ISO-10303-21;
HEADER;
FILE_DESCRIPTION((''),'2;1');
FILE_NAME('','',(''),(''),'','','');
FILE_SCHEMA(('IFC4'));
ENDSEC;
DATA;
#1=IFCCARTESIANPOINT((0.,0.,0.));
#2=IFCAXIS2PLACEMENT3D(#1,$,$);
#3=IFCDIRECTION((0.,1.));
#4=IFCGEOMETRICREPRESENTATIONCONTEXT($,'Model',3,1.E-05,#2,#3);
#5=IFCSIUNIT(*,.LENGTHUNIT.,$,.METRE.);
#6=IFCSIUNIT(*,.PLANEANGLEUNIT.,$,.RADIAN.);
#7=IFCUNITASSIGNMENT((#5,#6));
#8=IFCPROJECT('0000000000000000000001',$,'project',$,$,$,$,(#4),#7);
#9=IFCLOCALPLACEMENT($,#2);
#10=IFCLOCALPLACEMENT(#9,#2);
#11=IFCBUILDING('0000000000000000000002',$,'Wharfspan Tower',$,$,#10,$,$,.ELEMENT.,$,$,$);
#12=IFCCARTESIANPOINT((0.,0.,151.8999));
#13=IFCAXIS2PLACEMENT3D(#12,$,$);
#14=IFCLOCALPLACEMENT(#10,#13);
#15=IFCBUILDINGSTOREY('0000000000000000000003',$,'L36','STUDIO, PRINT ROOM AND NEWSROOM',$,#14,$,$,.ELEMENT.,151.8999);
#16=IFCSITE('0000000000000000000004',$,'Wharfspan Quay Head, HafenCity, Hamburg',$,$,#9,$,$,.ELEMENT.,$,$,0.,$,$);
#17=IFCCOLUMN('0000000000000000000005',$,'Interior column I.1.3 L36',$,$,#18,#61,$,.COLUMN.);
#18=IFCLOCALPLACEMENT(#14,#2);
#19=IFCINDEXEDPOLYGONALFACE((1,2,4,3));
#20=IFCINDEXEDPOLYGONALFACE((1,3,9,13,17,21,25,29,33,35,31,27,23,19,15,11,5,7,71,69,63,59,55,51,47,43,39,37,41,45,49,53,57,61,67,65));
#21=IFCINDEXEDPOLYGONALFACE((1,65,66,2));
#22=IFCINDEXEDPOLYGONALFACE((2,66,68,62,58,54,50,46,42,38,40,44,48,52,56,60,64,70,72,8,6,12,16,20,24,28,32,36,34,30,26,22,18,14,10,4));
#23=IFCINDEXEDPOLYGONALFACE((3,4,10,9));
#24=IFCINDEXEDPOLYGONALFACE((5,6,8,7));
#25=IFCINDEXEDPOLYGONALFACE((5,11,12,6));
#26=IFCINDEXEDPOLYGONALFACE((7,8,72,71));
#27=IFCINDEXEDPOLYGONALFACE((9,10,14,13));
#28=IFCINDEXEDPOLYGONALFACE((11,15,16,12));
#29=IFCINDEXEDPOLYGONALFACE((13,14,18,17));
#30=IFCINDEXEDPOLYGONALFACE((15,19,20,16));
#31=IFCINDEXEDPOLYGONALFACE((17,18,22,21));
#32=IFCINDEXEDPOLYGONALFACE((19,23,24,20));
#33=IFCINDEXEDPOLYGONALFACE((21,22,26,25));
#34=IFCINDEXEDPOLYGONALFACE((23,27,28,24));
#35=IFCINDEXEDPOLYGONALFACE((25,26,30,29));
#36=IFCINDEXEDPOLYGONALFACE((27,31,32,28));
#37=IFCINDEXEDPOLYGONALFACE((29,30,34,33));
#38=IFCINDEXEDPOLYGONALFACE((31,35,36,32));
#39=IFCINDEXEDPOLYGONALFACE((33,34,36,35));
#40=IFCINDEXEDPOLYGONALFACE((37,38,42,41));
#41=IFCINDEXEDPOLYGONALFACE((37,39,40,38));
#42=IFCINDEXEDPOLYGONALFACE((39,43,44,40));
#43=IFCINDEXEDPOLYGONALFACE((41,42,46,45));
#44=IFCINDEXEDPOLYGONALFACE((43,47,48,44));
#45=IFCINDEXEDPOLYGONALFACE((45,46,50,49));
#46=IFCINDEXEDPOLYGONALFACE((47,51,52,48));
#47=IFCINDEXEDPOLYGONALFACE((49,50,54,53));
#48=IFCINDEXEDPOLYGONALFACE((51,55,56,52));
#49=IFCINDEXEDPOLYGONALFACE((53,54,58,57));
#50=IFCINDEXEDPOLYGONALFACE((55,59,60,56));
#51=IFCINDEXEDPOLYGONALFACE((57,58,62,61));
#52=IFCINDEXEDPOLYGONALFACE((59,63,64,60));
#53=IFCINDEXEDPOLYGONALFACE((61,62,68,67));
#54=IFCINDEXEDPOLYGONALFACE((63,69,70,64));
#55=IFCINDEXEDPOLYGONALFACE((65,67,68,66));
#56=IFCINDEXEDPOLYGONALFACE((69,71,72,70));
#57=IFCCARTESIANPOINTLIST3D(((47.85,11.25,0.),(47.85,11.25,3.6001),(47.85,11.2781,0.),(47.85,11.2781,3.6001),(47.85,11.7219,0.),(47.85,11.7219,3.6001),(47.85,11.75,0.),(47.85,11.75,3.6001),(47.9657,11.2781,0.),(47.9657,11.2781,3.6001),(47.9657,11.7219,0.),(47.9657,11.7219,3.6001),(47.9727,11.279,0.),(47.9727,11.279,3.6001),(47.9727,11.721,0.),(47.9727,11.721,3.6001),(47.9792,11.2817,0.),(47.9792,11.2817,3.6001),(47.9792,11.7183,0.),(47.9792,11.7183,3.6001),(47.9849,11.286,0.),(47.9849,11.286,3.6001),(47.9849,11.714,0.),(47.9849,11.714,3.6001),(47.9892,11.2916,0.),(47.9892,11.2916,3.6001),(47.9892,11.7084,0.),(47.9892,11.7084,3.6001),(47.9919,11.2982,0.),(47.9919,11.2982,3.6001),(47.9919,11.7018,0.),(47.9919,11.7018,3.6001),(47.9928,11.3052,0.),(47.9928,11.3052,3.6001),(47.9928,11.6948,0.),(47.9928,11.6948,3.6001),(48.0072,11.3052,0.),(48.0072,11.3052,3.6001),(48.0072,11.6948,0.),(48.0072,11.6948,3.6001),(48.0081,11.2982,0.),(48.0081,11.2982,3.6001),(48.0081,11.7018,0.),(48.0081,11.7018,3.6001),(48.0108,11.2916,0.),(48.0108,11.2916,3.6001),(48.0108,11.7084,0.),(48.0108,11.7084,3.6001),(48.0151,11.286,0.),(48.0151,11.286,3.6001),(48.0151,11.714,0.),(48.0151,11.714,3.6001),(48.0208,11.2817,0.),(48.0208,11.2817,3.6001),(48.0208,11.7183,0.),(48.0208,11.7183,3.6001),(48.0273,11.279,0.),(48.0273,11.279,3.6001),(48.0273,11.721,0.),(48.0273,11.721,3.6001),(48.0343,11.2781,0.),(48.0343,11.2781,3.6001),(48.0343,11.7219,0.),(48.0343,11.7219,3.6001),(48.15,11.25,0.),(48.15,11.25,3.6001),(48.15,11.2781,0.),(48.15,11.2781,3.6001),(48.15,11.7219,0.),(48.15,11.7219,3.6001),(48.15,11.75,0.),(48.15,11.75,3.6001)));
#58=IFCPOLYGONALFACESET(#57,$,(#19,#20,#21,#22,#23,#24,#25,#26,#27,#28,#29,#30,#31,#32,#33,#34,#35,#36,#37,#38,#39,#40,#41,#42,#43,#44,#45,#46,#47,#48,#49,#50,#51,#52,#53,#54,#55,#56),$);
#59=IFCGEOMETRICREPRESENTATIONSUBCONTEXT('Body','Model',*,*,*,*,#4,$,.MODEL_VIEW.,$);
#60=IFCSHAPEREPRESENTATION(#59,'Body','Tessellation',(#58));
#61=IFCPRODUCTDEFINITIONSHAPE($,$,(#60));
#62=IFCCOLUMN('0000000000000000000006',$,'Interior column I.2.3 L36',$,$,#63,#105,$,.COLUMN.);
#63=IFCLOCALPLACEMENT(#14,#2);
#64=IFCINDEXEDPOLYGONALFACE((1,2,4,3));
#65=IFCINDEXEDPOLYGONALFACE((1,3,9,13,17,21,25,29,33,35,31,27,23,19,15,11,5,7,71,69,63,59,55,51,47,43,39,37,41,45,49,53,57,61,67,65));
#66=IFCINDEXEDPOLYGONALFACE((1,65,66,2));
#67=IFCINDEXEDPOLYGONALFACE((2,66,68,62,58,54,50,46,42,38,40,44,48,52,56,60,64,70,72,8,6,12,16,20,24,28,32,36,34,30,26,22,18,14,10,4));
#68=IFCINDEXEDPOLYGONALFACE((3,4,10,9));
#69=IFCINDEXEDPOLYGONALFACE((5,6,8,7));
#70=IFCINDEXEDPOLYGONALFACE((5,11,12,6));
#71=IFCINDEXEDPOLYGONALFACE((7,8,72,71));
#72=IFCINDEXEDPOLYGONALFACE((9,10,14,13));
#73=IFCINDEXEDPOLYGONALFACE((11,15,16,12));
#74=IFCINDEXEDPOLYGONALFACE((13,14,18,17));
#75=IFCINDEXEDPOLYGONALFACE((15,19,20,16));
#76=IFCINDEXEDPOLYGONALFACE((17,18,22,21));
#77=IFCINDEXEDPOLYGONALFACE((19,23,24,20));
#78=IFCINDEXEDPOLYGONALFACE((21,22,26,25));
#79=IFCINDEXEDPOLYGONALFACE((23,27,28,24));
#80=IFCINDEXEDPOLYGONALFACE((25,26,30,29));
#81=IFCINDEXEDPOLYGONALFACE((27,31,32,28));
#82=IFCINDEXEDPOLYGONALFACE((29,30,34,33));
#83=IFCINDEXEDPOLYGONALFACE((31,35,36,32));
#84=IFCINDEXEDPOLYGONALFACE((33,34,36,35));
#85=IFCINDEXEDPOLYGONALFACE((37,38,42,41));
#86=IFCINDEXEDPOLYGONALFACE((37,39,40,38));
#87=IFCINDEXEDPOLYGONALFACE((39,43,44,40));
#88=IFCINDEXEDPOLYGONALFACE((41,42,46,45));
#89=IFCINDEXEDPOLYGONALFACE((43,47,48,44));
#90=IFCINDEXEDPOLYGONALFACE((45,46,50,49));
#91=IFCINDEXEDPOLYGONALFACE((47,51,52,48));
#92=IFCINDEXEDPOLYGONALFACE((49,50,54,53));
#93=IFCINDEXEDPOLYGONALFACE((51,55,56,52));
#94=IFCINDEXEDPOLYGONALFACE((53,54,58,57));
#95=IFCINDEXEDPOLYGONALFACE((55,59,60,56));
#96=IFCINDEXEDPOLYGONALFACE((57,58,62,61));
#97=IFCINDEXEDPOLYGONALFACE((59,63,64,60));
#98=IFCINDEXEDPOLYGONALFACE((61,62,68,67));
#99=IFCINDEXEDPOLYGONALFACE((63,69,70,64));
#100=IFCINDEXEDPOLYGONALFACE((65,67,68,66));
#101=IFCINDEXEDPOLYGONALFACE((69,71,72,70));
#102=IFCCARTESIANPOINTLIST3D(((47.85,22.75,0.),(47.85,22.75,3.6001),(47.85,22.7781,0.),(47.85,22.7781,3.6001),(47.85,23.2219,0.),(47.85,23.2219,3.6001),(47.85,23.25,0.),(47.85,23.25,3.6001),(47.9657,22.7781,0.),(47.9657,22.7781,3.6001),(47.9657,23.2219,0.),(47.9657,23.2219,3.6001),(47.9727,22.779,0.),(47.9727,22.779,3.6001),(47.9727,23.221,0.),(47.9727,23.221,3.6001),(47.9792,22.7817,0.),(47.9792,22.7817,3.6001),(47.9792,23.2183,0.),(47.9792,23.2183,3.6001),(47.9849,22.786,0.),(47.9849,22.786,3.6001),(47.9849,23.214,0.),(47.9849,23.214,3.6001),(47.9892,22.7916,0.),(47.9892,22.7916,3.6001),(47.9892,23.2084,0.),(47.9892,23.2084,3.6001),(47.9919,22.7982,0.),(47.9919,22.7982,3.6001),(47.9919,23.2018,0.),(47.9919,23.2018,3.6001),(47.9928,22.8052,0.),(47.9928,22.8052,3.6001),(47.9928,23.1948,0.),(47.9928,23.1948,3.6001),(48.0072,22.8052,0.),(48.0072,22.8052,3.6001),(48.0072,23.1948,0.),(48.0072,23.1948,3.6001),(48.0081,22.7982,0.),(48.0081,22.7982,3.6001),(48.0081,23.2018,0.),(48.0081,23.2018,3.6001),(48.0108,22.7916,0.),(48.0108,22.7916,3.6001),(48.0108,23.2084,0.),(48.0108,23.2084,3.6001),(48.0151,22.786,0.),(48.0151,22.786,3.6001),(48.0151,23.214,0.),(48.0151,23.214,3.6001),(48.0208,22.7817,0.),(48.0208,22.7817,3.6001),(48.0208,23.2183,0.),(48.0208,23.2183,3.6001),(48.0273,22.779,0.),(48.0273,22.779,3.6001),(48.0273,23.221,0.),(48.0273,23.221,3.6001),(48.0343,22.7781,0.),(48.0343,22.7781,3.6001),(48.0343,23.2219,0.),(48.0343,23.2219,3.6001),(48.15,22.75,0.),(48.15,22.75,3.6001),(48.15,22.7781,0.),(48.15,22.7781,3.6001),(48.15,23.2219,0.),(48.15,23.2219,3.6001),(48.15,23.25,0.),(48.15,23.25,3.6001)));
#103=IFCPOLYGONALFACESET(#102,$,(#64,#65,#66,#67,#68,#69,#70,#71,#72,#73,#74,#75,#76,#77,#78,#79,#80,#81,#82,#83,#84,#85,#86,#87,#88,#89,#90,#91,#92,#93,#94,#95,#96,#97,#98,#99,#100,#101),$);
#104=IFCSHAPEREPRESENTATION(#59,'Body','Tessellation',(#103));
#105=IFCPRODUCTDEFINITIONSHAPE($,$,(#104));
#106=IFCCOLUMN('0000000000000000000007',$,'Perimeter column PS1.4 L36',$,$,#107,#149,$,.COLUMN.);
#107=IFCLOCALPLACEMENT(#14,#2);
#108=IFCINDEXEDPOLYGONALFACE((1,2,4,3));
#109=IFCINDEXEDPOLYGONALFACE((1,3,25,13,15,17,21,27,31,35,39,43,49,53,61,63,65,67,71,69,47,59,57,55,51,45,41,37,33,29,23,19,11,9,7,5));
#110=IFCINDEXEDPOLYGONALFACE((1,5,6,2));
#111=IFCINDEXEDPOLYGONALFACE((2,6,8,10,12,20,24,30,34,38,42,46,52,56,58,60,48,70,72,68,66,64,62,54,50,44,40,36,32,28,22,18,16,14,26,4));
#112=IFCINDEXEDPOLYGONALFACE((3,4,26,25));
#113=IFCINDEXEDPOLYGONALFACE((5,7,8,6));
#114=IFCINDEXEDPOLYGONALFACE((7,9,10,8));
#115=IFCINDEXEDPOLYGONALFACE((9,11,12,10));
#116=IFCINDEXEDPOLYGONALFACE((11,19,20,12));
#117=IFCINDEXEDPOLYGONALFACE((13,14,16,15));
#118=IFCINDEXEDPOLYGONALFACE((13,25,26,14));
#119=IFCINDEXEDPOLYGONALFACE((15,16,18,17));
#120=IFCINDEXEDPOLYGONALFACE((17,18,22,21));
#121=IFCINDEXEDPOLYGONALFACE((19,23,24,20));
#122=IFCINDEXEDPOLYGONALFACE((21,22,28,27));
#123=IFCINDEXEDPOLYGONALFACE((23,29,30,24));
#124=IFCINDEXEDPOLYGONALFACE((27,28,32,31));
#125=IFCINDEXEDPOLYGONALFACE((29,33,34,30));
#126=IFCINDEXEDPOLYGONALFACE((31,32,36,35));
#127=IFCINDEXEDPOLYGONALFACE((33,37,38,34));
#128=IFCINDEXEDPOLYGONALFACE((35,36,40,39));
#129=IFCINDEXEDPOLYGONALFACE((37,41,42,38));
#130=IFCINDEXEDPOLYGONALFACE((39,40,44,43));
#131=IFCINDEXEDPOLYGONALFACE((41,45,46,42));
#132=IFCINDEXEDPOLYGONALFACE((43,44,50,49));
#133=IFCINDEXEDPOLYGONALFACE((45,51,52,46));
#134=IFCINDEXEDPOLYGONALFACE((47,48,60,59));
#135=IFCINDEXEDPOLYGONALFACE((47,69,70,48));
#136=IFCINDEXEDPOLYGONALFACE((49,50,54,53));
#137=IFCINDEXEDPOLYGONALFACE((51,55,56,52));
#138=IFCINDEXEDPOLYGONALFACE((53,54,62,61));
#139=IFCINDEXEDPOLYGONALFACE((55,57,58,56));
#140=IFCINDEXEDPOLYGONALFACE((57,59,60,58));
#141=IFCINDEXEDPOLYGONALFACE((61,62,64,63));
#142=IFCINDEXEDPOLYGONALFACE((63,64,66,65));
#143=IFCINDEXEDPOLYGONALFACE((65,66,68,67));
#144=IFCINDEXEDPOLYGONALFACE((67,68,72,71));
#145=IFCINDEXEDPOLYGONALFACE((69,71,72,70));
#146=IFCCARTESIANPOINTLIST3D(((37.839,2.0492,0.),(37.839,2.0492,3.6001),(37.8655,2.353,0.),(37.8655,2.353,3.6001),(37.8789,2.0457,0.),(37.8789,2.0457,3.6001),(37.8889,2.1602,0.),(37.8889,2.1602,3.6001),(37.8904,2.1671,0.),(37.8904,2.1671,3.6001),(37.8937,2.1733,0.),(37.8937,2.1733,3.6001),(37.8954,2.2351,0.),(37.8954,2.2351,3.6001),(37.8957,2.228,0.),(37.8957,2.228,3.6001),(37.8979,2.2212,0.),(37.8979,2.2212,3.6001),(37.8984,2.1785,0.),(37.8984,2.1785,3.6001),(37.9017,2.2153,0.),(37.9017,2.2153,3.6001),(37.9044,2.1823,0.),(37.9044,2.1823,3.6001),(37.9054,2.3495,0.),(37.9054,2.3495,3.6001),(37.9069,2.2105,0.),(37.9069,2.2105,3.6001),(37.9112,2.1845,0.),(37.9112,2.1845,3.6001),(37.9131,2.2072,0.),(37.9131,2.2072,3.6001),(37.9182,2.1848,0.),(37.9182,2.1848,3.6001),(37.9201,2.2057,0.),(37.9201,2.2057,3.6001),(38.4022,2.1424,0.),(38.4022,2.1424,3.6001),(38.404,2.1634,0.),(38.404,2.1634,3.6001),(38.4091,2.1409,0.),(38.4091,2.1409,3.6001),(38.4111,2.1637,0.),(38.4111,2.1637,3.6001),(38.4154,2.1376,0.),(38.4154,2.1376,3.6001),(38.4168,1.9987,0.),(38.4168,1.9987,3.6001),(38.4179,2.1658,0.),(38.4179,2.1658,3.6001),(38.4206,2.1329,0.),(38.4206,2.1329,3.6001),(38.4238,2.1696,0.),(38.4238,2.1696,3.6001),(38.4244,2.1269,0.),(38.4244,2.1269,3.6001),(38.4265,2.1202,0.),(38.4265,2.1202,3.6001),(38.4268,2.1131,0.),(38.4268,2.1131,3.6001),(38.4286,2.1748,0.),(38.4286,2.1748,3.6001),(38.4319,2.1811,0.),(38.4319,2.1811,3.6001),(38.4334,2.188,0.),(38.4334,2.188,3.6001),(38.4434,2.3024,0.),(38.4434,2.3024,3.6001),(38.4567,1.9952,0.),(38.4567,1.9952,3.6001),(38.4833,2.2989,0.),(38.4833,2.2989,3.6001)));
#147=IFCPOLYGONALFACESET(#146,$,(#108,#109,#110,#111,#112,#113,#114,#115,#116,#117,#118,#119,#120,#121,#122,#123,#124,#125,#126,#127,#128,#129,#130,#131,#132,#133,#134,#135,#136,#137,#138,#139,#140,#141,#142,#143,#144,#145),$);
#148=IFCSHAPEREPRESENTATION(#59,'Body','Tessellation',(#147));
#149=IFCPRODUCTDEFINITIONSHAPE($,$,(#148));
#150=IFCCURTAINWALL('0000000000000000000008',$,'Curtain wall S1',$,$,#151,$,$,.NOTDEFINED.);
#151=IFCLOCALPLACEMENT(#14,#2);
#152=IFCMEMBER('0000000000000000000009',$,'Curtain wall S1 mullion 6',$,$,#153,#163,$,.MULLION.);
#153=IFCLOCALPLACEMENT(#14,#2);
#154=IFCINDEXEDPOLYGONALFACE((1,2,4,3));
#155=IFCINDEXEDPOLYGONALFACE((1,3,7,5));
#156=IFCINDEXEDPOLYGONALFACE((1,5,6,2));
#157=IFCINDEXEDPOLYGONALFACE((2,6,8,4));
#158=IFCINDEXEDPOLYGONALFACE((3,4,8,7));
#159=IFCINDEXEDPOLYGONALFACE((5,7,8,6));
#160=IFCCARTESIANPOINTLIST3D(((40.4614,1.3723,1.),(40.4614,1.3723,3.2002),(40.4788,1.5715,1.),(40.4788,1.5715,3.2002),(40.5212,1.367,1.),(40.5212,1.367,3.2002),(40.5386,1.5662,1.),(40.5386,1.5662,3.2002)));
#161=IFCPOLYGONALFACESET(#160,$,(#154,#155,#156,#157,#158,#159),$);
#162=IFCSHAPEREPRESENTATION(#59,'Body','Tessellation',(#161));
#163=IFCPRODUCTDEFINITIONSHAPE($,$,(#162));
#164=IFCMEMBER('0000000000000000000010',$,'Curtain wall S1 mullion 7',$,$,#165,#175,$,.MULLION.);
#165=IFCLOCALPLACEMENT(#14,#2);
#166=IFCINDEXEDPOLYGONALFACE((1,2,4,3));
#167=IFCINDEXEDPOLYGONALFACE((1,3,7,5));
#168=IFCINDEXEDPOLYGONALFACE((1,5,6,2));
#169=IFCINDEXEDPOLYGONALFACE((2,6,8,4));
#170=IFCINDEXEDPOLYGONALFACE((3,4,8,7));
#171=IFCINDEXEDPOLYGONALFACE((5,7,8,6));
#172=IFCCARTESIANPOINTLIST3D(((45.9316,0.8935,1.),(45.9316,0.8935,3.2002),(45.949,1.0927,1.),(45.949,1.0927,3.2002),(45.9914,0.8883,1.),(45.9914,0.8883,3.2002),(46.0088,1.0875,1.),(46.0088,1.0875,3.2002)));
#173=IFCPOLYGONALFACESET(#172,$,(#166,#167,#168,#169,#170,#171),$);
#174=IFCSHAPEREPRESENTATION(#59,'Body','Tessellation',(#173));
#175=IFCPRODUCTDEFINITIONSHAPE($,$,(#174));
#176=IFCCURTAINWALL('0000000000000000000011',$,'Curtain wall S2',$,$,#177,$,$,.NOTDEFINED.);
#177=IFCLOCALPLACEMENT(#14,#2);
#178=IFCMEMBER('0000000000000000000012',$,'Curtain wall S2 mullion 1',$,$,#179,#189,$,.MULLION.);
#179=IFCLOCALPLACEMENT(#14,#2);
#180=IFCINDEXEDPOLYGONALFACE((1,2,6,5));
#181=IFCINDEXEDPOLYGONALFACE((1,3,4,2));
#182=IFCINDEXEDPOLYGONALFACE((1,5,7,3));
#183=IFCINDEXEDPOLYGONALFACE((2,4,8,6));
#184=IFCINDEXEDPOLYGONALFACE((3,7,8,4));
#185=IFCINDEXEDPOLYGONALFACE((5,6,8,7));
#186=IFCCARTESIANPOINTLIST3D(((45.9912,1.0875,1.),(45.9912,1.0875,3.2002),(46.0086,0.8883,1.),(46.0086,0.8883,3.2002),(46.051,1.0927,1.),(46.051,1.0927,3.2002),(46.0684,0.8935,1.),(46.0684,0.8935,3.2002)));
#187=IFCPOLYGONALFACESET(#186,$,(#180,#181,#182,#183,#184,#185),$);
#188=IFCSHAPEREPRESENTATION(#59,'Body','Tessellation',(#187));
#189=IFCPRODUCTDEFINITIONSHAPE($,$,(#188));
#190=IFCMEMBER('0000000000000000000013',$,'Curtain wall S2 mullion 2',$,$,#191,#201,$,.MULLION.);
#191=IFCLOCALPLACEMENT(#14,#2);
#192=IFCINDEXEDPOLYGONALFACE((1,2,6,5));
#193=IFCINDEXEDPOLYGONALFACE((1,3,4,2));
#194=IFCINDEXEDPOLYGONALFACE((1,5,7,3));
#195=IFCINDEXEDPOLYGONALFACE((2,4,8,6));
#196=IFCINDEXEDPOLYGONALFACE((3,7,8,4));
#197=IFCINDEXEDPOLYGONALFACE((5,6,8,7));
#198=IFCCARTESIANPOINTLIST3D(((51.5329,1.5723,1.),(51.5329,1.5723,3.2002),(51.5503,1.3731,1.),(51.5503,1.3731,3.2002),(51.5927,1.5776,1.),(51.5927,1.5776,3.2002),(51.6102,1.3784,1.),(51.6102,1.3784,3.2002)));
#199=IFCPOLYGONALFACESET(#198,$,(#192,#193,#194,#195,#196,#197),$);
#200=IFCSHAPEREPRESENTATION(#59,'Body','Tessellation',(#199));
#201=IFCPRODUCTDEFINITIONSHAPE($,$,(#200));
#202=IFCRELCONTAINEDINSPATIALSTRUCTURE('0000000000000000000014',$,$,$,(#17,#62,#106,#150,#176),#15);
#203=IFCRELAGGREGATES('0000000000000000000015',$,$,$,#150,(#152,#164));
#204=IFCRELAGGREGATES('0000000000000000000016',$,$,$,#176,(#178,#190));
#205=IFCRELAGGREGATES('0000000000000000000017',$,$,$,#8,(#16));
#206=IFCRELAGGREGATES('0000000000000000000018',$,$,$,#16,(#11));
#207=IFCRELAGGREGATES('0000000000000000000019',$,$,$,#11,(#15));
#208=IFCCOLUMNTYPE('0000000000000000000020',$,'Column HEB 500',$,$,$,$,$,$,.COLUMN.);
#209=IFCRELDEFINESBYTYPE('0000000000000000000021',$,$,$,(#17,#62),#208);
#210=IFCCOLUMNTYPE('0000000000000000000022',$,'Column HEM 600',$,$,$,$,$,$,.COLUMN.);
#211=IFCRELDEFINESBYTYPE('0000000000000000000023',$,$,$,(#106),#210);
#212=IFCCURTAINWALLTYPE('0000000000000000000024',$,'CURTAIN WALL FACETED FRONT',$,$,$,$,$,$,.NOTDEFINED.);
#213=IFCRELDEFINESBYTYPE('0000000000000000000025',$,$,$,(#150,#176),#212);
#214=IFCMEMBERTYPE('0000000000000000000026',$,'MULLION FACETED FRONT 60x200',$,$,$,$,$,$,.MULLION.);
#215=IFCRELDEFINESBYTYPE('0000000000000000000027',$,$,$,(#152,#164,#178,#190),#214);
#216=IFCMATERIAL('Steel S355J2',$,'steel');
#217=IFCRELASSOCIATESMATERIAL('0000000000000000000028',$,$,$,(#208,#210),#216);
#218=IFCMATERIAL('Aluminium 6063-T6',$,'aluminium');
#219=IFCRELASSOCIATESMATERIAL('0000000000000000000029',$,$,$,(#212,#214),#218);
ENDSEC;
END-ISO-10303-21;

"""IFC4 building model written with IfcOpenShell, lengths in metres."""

from ifc_helpers import new_model, si_unit, direction, frame, origin, origin_2d, place, context, subcontext, project, spatial, rectangle, i_section, extrude, material, material_profile, profile_set, type_object, element, aggregate, save


model = new_model("IFC4")

# Units and contexts
model_context = context("Model", 3, precision=1e-05, world=origin(), true_north=direction((0.0, 1.0)))
body_context = subcontext(model_context, "Body", "Model", "MODEL_VIEW")
ifc_project = project(units=[si_unit("LENGTHUNIT", "METRE"), si_unit("PLANEANGLEUNIT", "RADIAN")], contexts=[model_context])

# Site, building, storey
site_placement = place(None, origin())
site = spatial("IfcSite", under=ifc_project, at=site_placement, Name="Wharfspan Quay Head, HafenCity, Hamburg", CompositionType="ELEMENT", RefElevation=0.0)
building_placement = place(site_placement, origin())
building = spatial("IfcBuilding", under=site, at=building_placement, Name="Wharfspan Tower", CompositionType="ELEMENT")
storey_placement = place(building_placement, frame((0.0, 0.0, 151.8999)))
storey = spatial("IfcBuildingStorey", under=building, at=storey_placement, Name="L36", Description="STUDIO, PRINT ROOM AND NEWSROOM", CompositionType="ELEMENT", Elevation=151.8999)

# Columns
ifc_material_1 = material(Name="Steel S355J2", Category="steel")
ifc_material_profile_1 = material_profile(ifc_material_1, i_section(OverallWidth=0.3, OverallDepth=0.5, WebThickness=0.0144, FlangeThickness=0.0281, FilletRadius=0.0271, at=origin_2d()))
ifc_profile_set_1 = profile_set([ifc_material_profile_1], Name="Steel S355J2")
column_type_1 = type_object("IfcColumnType", Name="Column HEB 500", PredefinedType="COLUMN", material=ifc_profile_set_1)
for number, where, z_axis, x_axis, name in (
    (1, (48.0, 11.5, 0.0), (0.0, 0.0, 1.0), (1.0, 0.0, 0.0), "Interior column I.1.3 L36"),
    (2, (48.0, 23.0, 0.0), (0.0, 0.0, 1.0), (1.0, 0.0, 0.0), "Interior column I.2.3 L36"),
):
    element("IfcColumn", number, at=place(storey_placement, frame(where, z_axis=z_axis, x_axis=x_axis)), inside=storey, type_object=column_type_1, Name=name, PredefinedType="COLUMN", context=body_context, shape_type="SweptSolid", body=[
        extrude(i_section(OverallWidth=0.3, OverallDepth=0.5, WebThickness=0.0144, FlangeThickness=0.0281, FilletRadius=0.0271, at=origin_2d()), origin(), (0.0, 0.0, 1.0), 3.6001),
    ])
ifc_material_profile_2 = material_profile(ifc_material_1, i_section(OverallWidth=0.3049, OverallDepth=0.6201, WebThickness=0.021, FlangeThickness=0.04, FilletRadius=0.0271, at=origin_2d()))
ifc_profile_set_2 = profile_set([ifc_material_profile_2], Name="Steel S355J2")
column_type_2 = type_object("IfcColumnType", Name="Column HEM 600", PredefinedType="COLUMN", material=ifc_profile_set_2)
column_placement = place(storey_placement, frame((38.1611, 2.1741, 0.0), z_axis=(0.0, 0.0, 1.0), x_axis=(-0.087156, -0.996198, 0.0)))
element("IfcColumn", 3, at=column_placement, inside=storey, type_object=column_type_2, Name="Perimeter column PS1.4 L36", PredefinedType="COLUMN", context=body_context, shape_type="SweptSolid", body=[
    extrude(i_section(OverallWidth=0.3049, OverallDepth=0.6201, WebThickness=0.021, FlangeThickness=0.04, FilletRadius=0.0271, at=origin_2d()), origin(), (0.0, 0.0, 1.0), 3.6001),
])

# Curtain walls, members
ifc_material_2 = material(Name="Aluminium 6063-T6", Category="aluminium")
curtain_wall_type = type_object("IfcCurtainWallType", Name="CURTAIN WALL FACETED FRONT", PredefinedType="NOTDEFINED", material=ifc_material_2)
curtain_wall_1_placement = place(storey_placement, origin())
curtain_wall_1 = element("IfcCurtainWall", 4, at=curtain_wall_1_placement, inside=storey, type_object=curtain_wall_type, Name="Curtain wall S1", PredefinedType="NOTDEFINED")
ifc_material_profile_3 = material_profile(ifc_material_2, rectangle(XDim=0.2, YDim=0.0601, at=origin_2d()))
ifc_profile_set_3 = profile_set([ifc_material_profile_3], Name="Aluminium 6063-T6")
member_type_1 = type_object("IfcMemberType", Name="MULLION FACETED FRONT 60x200", PredefinedType="MULLION", material=ifc_profile_set_3)
member_1_placement = place(storey_placement, frame((40.5, 1.4692, 1.0), z_axis=(0.0, 0.0, 1.0), x_axis=(0.087156, 0.996198, 0.0)))
member_1 = element("IfcMember", 5, at=member_1_placement, type_object=member_type_1, Name="Curtain wall S1 mullion 6", PredefinedType="MULLION", context=body_context, shape_type="SweptSolid", body=[
    extrude(rectangle(XDim=0.2, YDim=0.0601, at=origin_2d()), origin(), (0.0, 0.0, 1.0), 2.2002),
])
member_2_placement = place(storey_placement, frame((45.9702, 0.9905, 1.0), z_axis=(0.0, 0.0, 1.0), x_axis=(0.087156, 0.996198, 0.0)))
member_2 = element("IfcMember", 6, at=member_2_placement, type_object=member_type_1, Name="Curtain wall S1 mullion 7", PredefinedType="MULLION", context=body_context, shape_type="SweptSolid", body=[
    extrude(rectangle(XDim=0.2, YDim=0.0601, at=origin_2d()), origin(), (0.0, 0.0, 1.0), 2.2002),
])
curtain_wall_2_placement = place(storey_placement, origin())
curtain_wall_2 = element("IfcCurtainWall", 7, at=curtain_wall_2_placement, inside=storey, type_object=curtain_wall_type, Name="Curtain wall S2", PredefinedType="NOTDEFINED")
member_3_placement = place(storey_placement, frame((46.0298, 0.9905, 1.0), z_axis=(0.0, 0.0, 1.0), x_axis=(-0.087156, 0.996198, 0.0)))
member_3 = element("IfcMember", 8, at=member_3_placement, type_object=member_type_1, Name="Curtain wall S2 mullion 1", PredefinedType="MULLION", context=body_context, shape_type="SweptSolid", body=[
    extrude(rectangle(XDim=0.2, YDim=0.0601, at=origin_2d()), origin(), (0.0, 0.0, 1.0), 2.2002),
])
member_4_placement = place(storey_placement, frame((51.5715, 1.4753, 1.0), z_axis=(0.0, 0.0, 1.0), x_axis=(-0.087156, 0.996198, 0.0)))
member_4 = element("IfcMember", 9, at=member_4_placement, type_object=member_type_1, Name="Curtain wall S2 mullion 2", PredefinedType="MULLION", context=body_context, shape_type="SweptSolid", body=[
    extrude(rectangle(XDim=0.2, YDim=0.0601, at=origin_2d()), origin(), (0.0, 0.0, 1.0), 2.2002),
])

aggregate(curtain_wall_1, [member_1, member_2])
aggregate(curtain_wall_2, [member_3, member_4])

save(model, "model.ifc")
